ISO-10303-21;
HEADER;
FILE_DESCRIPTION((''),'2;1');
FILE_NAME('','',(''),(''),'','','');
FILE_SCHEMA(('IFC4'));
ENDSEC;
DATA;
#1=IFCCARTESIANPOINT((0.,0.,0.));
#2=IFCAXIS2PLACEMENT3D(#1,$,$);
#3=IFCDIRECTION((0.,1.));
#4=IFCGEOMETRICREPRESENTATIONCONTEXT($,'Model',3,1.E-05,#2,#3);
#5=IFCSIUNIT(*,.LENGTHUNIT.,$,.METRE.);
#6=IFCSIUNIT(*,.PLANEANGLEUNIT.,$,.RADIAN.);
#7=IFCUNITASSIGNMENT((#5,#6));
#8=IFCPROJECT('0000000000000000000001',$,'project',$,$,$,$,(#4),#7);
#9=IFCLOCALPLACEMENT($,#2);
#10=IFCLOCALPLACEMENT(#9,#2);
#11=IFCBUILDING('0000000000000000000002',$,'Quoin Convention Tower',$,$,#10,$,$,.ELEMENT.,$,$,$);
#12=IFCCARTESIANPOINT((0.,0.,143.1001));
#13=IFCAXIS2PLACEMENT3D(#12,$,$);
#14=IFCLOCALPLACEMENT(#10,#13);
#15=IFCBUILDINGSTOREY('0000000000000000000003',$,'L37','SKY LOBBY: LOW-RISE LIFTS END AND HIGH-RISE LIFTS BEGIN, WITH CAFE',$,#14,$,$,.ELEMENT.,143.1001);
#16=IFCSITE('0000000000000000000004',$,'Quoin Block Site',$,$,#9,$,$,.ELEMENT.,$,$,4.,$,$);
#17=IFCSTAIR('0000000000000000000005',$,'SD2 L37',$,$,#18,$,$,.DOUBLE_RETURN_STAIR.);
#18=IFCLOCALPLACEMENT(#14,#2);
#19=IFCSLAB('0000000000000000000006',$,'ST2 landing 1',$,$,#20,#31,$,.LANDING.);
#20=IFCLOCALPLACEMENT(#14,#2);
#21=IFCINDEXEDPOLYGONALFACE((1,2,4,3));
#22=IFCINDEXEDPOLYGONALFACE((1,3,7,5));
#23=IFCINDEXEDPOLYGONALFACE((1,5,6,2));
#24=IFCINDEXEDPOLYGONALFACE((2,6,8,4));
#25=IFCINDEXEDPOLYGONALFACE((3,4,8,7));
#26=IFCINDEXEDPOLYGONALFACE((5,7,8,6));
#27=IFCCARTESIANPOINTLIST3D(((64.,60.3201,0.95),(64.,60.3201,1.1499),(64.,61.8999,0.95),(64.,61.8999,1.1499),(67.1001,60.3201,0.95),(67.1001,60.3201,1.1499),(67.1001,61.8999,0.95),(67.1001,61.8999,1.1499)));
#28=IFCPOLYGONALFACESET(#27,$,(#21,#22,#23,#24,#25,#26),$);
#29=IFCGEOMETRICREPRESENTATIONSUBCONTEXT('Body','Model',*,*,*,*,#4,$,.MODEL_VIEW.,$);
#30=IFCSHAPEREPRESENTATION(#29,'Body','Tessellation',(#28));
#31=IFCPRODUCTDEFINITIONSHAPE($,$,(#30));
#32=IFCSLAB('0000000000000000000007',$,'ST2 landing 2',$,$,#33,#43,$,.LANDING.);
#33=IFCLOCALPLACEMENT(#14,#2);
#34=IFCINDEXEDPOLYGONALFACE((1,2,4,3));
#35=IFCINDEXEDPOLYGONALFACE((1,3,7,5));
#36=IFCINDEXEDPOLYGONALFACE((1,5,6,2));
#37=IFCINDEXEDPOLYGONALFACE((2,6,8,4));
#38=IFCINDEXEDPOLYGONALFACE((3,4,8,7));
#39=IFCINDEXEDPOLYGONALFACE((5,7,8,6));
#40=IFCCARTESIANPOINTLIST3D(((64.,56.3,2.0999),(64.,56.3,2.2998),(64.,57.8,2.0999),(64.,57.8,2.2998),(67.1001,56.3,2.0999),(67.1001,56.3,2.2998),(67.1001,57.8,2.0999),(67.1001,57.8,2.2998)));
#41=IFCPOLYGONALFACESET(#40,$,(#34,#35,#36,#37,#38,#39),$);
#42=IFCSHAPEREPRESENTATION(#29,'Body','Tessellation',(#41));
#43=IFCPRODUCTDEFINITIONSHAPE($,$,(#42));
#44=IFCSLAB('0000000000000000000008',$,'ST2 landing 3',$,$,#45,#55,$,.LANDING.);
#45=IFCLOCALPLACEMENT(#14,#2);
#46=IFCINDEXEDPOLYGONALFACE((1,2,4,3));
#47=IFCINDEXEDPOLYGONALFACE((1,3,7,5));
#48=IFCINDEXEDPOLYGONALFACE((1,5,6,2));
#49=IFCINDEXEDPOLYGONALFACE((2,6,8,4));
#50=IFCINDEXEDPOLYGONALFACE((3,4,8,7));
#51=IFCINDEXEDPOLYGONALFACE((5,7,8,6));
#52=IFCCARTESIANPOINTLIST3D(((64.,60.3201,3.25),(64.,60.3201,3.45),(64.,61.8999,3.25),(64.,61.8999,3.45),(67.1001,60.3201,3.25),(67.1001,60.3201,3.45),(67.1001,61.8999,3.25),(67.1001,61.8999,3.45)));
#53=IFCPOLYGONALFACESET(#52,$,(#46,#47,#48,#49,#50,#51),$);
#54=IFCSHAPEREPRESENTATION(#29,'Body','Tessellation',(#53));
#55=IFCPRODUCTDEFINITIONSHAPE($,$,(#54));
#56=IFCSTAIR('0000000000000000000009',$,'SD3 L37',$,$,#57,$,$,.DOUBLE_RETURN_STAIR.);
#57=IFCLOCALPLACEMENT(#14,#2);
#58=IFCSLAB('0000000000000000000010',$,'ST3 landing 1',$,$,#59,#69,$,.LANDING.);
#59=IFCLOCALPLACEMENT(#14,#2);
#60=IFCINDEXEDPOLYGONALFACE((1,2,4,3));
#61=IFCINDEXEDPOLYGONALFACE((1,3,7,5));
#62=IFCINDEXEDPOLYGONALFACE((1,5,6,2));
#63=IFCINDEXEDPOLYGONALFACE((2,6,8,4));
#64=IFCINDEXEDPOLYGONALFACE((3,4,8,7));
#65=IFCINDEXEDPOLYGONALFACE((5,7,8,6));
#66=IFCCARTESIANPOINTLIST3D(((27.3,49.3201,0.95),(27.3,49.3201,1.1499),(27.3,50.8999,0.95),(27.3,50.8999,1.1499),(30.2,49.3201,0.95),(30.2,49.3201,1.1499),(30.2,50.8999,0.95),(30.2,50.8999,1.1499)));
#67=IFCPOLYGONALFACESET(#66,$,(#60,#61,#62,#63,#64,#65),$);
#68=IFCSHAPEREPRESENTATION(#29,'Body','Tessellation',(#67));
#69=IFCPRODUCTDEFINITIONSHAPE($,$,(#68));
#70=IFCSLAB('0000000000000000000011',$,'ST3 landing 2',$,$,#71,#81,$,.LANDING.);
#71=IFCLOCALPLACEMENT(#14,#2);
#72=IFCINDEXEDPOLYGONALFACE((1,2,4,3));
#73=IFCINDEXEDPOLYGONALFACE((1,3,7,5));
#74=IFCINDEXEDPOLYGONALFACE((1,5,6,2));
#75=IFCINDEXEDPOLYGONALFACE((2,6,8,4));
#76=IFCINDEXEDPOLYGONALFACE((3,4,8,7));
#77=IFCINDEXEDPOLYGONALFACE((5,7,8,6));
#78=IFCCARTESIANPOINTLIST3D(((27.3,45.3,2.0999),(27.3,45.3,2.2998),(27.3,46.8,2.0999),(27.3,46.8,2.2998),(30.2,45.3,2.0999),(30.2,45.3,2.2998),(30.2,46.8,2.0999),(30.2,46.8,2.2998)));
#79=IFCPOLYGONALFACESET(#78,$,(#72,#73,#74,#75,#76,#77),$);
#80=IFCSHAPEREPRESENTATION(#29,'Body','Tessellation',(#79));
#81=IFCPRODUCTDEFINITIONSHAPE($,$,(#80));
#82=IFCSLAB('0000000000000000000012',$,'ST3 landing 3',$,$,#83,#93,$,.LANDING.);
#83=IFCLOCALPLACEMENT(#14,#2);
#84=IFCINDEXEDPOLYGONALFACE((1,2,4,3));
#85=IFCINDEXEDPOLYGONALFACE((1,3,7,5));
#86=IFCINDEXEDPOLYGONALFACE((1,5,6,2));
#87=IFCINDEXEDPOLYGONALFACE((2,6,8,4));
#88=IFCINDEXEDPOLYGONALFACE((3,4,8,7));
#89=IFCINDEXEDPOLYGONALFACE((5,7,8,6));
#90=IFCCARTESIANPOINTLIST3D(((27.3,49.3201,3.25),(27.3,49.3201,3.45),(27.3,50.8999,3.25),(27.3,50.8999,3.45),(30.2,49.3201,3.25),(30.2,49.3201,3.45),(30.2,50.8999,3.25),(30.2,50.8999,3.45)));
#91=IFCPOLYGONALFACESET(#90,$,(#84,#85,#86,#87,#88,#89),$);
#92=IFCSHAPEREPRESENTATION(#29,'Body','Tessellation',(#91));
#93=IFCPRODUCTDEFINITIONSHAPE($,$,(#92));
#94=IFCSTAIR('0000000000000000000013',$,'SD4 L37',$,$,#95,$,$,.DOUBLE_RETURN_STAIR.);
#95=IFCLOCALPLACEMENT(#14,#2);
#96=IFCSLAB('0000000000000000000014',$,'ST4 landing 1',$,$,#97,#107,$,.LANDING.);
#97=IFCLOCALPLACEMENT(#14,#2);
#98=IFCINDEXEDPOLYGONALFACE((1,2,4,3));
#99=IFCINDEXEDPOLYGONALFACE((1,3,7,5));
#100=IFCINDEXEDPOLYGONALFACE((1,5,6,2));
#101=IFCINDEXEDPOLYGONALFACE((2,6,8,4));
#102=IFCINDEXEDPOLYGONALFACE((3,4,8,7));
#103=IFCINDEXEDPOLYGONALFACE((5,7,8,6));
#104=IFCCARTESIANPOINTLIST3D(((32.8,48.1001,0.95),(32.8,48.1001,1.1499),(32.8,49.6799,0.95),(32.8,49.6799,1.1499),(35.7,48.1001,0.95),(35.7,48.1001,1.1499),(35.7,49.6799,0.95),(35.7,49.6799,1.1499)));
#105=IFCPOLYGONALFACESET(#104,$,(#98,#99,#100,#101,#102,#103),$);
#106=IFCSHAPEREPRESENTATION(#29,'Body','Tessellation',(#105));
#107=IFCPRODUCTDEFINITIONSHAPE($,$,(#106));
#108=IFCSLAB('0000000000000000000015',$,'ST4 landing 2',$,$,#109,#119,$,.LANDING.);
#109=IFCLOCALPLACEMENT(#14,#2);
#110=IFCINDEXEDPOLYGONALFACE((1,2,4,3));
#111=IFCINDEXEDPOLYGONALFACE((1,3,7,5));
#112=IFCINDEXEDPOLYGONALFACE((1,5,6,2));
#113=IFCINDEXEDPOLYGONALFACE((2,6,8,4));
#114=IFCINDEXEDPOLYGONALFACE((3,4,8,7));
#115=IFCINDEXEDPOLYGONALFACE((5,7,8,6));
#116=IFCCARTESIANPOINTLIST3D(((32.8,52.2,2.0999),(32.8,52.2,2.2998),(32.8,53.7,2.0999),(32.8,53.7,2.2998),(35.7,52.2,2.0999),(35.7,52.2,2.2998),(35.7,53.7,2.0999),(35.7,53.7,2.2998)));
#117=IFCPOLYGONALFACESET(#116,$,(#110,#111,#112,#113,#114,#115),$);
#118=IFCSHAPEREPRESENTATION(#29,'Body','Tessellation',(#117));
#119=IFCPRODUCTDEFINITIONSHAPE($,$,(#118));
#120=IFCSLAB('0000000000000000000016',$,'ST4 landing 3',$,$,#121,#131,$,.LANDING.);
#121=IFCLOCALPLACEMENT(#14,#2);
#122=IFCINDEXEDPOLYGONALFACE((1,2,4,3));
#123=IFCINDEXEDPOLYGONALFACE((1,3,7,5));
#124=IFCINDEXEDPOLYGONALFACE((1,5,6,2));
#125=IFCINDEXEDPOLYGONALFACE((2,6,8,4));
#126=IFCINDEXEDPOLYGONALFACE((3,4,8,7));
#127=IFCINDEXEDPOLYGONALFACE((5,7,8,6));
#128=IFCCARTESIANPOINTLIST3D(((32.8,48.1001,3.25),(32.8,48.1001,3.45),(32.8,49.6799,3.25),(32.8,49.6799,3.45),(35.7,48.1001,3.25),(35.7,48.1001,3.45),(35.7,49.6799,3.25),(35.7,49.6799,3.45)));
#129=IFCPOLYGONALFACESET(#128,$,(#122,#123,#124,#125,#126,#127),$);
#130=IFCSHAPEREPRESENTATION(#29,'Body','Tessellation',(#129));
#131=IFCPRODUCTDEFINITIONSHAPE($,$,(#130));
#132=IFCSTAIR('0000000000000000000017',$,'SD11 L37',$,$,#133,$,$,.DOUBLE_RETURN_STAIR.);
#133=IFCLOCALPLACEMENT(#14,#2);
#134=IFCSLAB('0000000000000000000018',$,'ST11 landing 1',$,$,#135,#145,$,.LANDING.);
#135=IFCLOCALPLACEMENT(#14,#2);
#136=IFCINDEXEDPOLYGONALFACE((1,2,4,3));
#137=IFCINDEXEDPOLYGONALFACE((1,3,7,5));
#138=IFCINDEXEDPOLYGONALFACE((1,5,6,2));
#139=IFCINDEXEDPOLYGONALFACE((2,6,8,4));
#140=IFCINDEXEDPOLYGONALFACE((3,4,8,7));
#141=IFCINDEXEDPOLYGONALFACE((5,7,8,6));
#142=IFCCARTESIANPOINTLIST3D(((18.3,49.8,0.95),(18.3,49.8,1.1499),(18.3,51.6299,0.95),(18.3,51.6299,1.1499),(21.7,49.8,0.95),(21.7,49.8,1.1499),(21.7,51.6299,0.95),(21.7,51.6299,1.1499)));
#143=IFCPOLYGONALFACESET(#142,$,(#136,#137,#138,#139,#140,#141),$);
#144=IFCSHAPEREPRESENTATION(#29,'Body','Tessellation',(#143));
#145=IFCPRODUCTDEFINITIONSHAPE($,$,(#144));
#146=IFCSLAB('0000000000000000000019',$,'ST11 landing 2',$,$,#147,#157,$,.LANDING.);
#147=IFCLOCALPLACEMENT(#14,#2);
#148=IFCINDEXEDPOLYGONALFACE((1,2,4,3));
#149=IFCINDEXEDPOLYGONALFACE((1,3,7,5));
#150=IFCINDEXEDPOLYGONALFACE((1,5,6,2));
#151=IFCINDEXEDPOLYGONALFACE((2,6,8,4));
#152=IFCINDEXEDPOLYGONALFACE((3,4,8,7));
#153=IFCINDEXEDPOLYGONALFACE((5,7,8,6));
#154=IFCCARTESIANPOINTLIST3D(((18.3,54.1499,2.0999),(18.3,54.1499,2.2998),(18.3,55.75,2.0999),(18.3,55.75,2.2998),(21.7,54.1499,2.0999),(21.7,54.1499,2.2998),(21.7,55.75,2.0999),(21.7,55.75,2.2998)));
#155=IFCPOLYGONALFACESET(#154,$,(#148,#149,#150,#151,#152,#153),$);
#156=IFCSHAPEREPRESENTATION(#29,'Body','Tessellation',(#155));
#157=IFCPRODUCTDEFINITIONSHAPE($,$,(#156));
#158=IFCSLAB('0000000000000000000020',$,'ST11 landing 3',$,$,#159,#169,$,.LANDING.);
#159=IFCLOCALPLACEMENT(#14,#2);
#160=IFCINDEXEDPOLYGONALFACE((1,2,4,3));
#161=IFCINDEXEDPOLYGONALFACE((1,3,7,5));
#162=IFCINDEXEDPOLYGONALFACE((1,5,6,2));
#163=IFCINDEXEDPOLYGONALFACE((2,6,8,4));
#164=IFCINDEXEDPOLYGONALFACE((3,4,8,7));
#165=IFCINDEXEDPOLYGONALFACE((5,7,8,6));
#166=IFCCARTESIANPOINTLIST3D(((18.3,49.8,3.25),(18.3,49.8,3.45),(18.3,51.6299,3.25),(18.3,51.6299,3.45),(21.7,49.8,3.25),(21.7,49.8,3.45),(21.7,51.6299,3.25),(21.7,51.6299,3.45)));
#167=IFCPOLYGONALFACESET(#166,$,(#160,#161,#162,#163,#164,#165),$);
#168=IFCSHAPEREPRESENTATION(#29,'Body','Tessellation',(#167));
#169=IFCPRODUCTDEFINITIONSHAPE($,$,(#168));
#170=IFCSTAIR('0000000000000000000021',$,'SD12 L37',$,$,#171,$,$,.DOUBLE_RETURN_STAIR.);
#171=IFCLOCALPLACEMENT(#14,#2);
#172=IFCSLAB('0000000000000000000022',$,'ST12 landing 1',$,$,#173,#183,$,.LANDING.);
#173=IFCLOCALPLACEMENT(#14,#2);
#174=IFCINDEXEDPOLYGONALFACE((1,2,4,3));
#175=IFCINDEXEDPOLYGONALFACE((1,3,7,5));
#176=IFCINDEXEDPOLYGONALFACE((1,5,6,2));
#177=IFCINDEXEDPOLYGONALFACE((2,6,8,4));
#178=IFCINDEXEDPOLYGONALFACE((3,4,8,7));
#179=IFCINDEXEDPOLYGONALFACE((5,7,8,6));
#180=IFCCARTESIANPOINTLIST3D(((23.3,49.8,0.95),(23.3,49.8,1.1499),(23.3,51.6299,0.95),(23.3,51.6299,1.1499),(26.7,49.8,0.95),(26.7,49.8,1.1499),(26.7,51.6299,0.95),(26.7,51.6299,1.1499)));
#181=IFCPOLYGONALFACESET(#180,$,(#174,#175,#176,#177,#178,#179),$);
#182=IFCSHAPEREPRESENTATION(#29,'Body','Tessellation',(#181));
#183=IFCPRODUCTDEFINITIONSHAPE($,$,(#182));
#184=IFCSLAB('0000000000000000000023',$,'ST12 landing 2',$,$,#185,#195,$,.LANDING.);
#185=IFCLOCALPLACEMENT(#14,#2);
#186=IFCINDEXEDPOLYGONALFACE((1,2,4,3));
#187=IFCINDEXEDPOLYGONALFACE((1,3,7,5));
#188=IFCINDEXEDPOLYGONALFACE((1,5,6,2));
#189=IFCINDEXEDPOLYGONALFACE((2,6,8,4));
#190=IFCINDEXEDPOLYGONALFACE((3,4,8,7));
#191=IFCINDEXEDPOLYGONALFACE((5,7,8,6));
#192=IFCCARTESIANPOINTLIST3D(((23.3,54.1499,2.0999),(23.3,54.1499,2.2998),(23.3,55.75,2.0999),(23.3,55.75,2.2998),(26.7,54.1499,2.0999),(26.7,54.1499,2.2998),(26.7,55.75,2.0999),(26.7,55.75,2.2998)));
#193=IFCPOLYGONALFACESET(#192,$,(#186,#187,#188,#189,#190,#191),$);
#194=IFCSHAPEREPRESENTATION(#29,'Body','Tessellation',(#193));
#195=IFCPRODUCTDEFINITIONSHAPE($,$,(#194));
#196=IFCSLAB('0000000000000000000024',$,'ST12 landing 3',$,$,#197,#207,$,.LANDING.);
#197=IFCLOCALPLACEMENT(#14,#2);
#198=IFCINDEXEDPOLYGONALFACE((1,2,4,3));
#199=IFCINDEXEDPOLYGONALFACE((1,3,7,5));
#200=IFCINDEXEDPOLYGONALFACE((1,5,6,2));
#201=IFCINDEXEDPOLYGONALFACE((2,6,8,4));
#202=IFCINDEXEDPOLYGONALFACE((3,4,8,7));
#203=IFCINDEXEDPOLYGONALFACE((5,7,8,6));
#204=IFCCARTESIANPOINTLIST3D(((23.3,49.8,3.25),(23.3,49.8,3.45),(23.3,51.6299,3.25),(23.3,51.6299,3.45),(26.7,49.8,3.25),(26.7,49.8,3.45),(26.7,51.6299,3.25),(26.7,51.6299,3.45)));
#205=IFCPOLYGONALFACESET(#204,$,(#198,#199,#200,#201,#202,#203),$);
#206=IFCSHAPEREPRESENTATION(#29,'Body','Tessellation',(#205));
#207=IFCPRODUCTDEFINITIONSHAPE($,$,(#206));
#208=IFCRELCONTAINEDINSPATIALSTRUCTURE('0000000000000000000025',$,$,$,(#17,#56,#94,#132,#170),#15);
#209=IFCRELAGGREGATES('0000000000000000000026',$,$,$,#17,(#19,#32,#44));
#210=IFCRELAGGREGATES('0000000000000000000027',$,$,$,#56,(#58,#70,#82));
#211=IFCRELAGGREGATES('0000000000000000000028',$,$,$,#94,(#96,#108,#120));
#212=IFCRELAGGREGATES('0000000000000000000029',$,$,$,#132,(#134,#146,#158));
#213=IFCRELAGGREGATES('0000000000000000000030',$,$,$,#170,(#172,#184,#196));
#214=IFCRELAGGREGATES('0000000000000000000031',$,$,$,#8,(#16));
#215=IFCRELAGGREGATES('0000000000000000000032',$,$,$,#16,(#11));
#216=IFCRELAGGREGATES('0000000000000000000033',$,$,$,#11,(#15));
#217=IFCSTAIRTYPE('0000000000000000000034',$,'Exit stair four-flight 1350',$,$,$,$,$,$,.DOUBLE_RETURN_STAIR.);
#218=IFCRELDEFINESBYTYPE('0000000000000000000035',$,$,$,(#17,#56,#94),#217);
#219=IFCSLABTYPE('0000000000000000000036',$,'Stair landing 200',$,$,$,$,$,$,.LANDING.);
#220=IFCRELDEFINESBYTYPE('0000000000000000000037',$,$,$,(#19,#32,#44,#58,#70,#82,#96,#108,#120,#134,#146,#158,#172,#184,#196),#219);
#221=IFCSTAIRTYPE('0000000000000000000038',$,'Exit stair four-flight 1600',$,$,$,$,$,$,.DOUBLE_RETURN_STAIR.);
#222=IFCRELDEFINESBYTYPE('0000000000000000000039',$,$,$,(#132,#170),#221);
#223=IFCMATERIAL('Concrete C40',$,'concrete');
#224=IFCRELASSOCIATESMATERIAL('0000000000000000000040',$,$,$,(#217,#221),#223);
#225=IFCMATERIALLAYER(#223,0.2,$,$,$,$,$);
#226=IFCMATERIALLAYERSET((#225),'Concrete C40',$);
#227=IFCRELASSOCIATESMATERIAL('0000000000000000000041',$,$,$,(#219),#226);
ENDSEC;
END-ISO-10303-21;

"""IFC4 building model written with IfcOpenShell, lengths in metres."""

from ifc_helpers import new_model, si_unit, direction, frame, origin, place, context, subcontext, project, spatial, polyline, outline, extrude, material, layer, layer_set, type_object, element, aggregate, save


model = new_model("IFC4")

# Units and contexts
model_context = context("Model", 3, precision=1e-05, world=origin(), true_north=direction((0.0, 1.0)))
body_context = subcontext(model_context, "Body", "Model", "MODEL_VIEW")
ifc_project = project(units=[si_unit("LENGTHUNIT", "METRE"), si_unit("PLANEANGLEUNIT", "RADIAN")], contexts=[model_context])

# Site, building, storey
site_placement = place(None, origin())
site = spatial("IfcSite", under=ifc_project, at=site_placement, Name="Quoin Block Site", CompositionType="ELEMENT", RefElevation=4.0)
building_placement = place(site_placement, origin())
building = spatial("IfcBuilding", under=site, at=building_placement, Name="Quoin Convention Tower", CompositionType="ELEMENT")
storey_placement = place(building_placement, frame((0.0, 0.0, 143.1001)))
storey = spatial("IfcBuildingStorey", under=building, at=storey_placement, Name="L37", Description="SKY LOBBY: LOW-RISE LIFTS END AND HIGH-RISE LIFTS BEGIN, WITH CAFE", CompositionType="ELEMENT", Elevation=143.1001)

# Shared definitions
ifc_material_1 = material(Name="Concrete C40", Category="concrete")

# Stairs, slabs
stair_type_1 = type_object("IfcStairType", Name="Exit stair four-flight 1350", PredefinedType="DOUBLE_RETURN_STAIR", material=ifc_material_1)
ifc_layer_1 = layer(ifc_material_1, 0.2)
ifc_layer_set_1 = layer_set([ifc_layer_1], Name="Concrete C40")
slab_type_1 = type_object("IfcSlabType", Name="Stair landing 200", PredefinedType="LANDING", material=ifc_layer_set_1)
stair_1_placement = place(storey_placement, origin())
stair_1 = element("IfcStair", 1, at=stair_1_placement, inside=storey, type_object=stair_type_1, Name="SD2 L37", PredefinedType="DOUBLE_RETURN_STAIR")
slab_1_placement = place(storey_placement, frame((0.0, 0.0, 0.95)))
slab_1 = element("IfcSlab", 2, at=slab_1_placement, type_object=slab_type_1, Name="ST2 landing 1", PredefinedType="LANDING", context=body_context, shape_type="SweptSolid", body=[
    extrude(outline(polyline([(64.0, 60.3201), (67.1001, 60.3201), (67.1001, 61.8999), (64.0, 61.8999), (64.0, 60.3201)])), origin(), (0.0, 0.0, 1.0), 0.2),
])
slab_2_placement = place(storey_placement, frame((0.0, 0.0, 2.0999)))
slab_2 = element("IfcSlab", 3, at=slab_2_placement, type_object=slab_type_1, Name="ST2 landing 2", PredefinedType="LANDING", context=body_context, shape_type="SweptSolid", body=[
    extrude(outline(polyline([(64.0, 56.3), (67.1001, 56.3), (67.1001, 57.8), (64.0, 57.8), (64.0, 56.3)])), origin(), (0.0, 0.0, 1.0), 0.2),
])
slab_3_placement = place(storey_placement, frame((0.0, 0.0, 3.25)))
slab_3 = element("IfcSlab", 4, at=slab_3_placement, type_object=slab_type_1, Name="ST2 landing 3", PredefinedType="LANDING", context=body_context, shape_type="SweptSolid", body=[
    extrude(outline(polyline([(64.0, 60.3201), (67.1001, 60.3201), (67.1001, 61.8999), (64.0, 61.8999), (64.0, 60.3201)])), origin(), (0.0, 0.0, 1.0), 0.2),
])
aggregate(stair_1, [slab_1, slab_2, slab_3])
stair_2_placement = place(storey_placement, origin())
stair_2 = element("IfcStair", 5, at=stair_2_placement, inside=storey, type_object=stair_type_1, Name="SD3 L37", PredefinedType="DOUBLE_RETURN_STAIR")
slab_4_placement = place(storey_placement, frame((0.0, 0.0, 0.95)))
slab_4 = element("IfcSlab", 6, at=slab_4_placement, type_object=slab_type_1, Name="ST3 landing 1", PredefinedType="LANDING", context=body_context, shape_type="SweptSolid", body=[
    extrude(outline(polyline([(27.3, 49.3201), (30.2, 49.3201), (30.2, 50.8999), (27.3, 50.8999), (27.3, 49.3201)])), origin(), (0.0, 0.0, 1.0), 0.2),
])
slab_5_placement = place(storey_placement, frame((0.0, 0.0, 2.0999)))
slab_5 = element("IfcSlab", 7, at=slab_5_placement, type_object=slab_type_1, Name="ST3 landing 2", PredefinedType="LANDING", context=body_context, shape_type="SweptSolid", body=[
    extrude(outline(polyline([(27.3, 45.3), (30.2, 45.3), (30.2, 46.8), (27.3, 46.8), (27.3, 45.3)])), origin(), (0.0, 0.0, 1.0), 0.2),
])
slab_6_placement = place(storey_placement, frame((0.0, 0.0, 3.25)))
slab_6 = element("IfcSlab", 8, at=slab_6_placement, type_object=slab_type_1, Name="ST3 landing 3", PredefinedType="LANDING", context=body_context, shape_type="SweptSolid", body=[
    extrude(outline(polyline([(27.3, 49.3201), (30.2, 49.3201), (30.2, 50.8999), (27.3, 50.8999), (27.3, 49.3201)])), origin(), (0.0, 0.0, 1.0), 0.2),
])
aggregate(stair_2, [slab_4, slab_5, slab_6])
stair_3_placement = place(storey_placement, origin())
stair_3 = element("IfcStair", 9, at=stair_3_placement, inside=storey, type_object=stair_type_1, Name="SD4 L37", PredefinedType="DOUBLE_RETURN_STAIR")
slab_7_placement = place(storey_placement, frame((0.0, 0.0, 0.95)))
slab_7 = element("IfcSlab", 10, at=slab_7_placement, type_object=slab_type_1, Name="ST4 landing 1", PredefinedType="LANDING", context=body_context, shape_type="SweptSolid", body=[
    extrude(outline(polyline([(35.7, 49.6799), (32.8, 49.6799), (32.8, 48.1001), (35.7, 48.1001), (35.7, 49.6799)])), origin(), (0.0, 0.0, 1.0), 0.2),
])
slab_8_placement = place(storey_placement, frame((0.0, 0.0, 2.0999)))
slab_8 = element("IfcSlab", 11, at=slab_8_placement, type_object=slab_type_1, Name="ST4 landing 2", PredefinedType="LANDING", context=body_context, shape_type="SweptSolid", body=[
    extrude(outline(polyline([(35.7, 53.7), (32.8, 53.7), (32.8, 52.2), (35.7, 52.2), (35.7, 53.7)])), origin(), (0.0, 0.0, 1.0), 0.2),
])
slab_9_placement = place(storey_placement, frame((0.0, 0.0, 3.25)))
slab_9 = element("IfcSlab", 12, at=slab_9_placement, type_object=slab_type_1, Name="ST4 landing 3", PredefinedType="LANDING", context=body_context, shape_type="SweptSolid", body=[
    extrude(outline(polyline([(35.7, 49.6799), (32.8, 49.6799), (32.8, 48.1001), (35.7, 48.1001), (35.7, 49.6799)])), origin(), (0.0, 0.0, 1.0), 0.2),
])
aggregate(stair_3, [slab_7, slab_8, slab_9])
stair_type_2 = type_object("IfcStairType", Name="Exit stair four-flight 1600", PredefinedType="DOUBLE_RETURN_STAIR", material=ifc_material_1)
stair_4_placement = place(storey_placement, origin())
stair_4 = element("IfcStair", 13, at=stair_4_placement, inside=storey, type_object=stair_type_2, Name="SD11 L37", PredefinedType="DOUBLE_RETURN_STAIR")
slab_10_placement = place(storey_placement, frame((0.0, 0.0, 0.95)))
slab_10 = element("IfcSlab", 14, at=slab_10_placement, type_object=slab_type_1, Name="ST11 landing 1", PredefinedType="LANDING", context=body_context, shape_type="SweptSolid", body=[
    extrude(outline(polyline([(21.7, 51.6299), (18.3, 51.6299), (18.3, 49.8), (21.7, 49.8), (21.7, 51.6299)])), origin(), (0.0, 0.0, 1.0), 0.2),
])
slab_11_placement = place(storey_placement, frame((0.0, 0.0, 2.0999)))
slab_11 = element("IfcSlab", 15, at=slab_11_placement, type_object=slab_type_1, Name="ST11 landing 2", PredefinedType="LANDING", context=body_context, shape_type="SweptSolid", body=[
    extrude(outline(polyline([(21.7, 55.75), (18.3, 55.75), (18.3, 54.1499), (21.7, 54.1499), (21.7, 55.75)])), origin(), (0.0, 0.0, 1.0), 0.2),
])
slab_12_placement = place(storey_placement, frame((0.0, 0.0, 3.25)))
slab_12 = element("IfcSlab", 16, at=slab_12_placement, type_object=slab_type_1, Name="ST11 landing 3", PredefinedType="LANDING", context=body_context, shape_type="SweptSolid", body=[
    extrude(outline(polyline([(21.7, 51.6299), (18.3, 51.6299), (18.3, 49.8), (21.7, 49.8), (21.7, 51.6299)])), origin(), (0.0, 0.0, 1.0), 0.2),
])
aggregate(stair_4, [slab_10, slab_11, slab_12])
stair_5_placement = place(storey_placement, origin())
stair_5 = element("IfcStair", 17, at=stair_5_placement, inside=storey, type_object=stair_type_2, Name="SD12 L37", PredefinedType="DOUBLE_RETURN_STAIR")
slab_13_placement = place(storey_placement, frame((0.0, 0.0, 0.95)))
slab_13 = element("IfcSlab", 18, at=slab_13_placement, type_object=slab_type_1, Name="ST12 landing 1", PredefinedType="LANDING", context=body_context, shape_type="SweptSolid", body=[
    extrude(outline(polyline([(26.7, 51.6299), (23.3, 51.6299), (23.3, 49.8), (26.7, 49.8), (26.7, 51.6299)])), origin(), (0.0, 0.0, 1.0), 0.2),
])
slab_14_placement = place(storey_placement, frame((0.0, 0.0, 2.0999)))
slab_14 = element("IfcSlab", 19, at=slab_14_placement, type_object=slab_type_1, Name="ST12 landing 2", PredefinedType="LANDING", context=body_context, shape_type="SweptSolid", body=[
    extrude(outline(polyline([(26.7, 55.75), (23.3, 55.75), (23.3, 54.1499), (26.7, 54.1499), (26.7, 55.75)])), origin(), (0.0, 0.0, 1.0), 0.2),
])
slab_15_placement = place(storey_placement, frame((0.0, 0.0, 3.25)))
slab_15 = element("IfcSlab", 20, at=slab_15_placement, type_object=slab_type_1, Name="ST12 landing 3", PredefinedType="LANDING", context=body_context, shape_type="SweptSolid", body=[
    extrude(outline(polyline([(26.7, 51.6299), (23.3, 51.6299), (23.3, 49.8), (26.7, 49.8), (26.7, 51.6299)])), origin(), (0.0, 0.0, 1.0), 0.2),
])
aggregate(stair_5, [slab_13, slab_14, slab_15])

save(model, "model.ifc")
